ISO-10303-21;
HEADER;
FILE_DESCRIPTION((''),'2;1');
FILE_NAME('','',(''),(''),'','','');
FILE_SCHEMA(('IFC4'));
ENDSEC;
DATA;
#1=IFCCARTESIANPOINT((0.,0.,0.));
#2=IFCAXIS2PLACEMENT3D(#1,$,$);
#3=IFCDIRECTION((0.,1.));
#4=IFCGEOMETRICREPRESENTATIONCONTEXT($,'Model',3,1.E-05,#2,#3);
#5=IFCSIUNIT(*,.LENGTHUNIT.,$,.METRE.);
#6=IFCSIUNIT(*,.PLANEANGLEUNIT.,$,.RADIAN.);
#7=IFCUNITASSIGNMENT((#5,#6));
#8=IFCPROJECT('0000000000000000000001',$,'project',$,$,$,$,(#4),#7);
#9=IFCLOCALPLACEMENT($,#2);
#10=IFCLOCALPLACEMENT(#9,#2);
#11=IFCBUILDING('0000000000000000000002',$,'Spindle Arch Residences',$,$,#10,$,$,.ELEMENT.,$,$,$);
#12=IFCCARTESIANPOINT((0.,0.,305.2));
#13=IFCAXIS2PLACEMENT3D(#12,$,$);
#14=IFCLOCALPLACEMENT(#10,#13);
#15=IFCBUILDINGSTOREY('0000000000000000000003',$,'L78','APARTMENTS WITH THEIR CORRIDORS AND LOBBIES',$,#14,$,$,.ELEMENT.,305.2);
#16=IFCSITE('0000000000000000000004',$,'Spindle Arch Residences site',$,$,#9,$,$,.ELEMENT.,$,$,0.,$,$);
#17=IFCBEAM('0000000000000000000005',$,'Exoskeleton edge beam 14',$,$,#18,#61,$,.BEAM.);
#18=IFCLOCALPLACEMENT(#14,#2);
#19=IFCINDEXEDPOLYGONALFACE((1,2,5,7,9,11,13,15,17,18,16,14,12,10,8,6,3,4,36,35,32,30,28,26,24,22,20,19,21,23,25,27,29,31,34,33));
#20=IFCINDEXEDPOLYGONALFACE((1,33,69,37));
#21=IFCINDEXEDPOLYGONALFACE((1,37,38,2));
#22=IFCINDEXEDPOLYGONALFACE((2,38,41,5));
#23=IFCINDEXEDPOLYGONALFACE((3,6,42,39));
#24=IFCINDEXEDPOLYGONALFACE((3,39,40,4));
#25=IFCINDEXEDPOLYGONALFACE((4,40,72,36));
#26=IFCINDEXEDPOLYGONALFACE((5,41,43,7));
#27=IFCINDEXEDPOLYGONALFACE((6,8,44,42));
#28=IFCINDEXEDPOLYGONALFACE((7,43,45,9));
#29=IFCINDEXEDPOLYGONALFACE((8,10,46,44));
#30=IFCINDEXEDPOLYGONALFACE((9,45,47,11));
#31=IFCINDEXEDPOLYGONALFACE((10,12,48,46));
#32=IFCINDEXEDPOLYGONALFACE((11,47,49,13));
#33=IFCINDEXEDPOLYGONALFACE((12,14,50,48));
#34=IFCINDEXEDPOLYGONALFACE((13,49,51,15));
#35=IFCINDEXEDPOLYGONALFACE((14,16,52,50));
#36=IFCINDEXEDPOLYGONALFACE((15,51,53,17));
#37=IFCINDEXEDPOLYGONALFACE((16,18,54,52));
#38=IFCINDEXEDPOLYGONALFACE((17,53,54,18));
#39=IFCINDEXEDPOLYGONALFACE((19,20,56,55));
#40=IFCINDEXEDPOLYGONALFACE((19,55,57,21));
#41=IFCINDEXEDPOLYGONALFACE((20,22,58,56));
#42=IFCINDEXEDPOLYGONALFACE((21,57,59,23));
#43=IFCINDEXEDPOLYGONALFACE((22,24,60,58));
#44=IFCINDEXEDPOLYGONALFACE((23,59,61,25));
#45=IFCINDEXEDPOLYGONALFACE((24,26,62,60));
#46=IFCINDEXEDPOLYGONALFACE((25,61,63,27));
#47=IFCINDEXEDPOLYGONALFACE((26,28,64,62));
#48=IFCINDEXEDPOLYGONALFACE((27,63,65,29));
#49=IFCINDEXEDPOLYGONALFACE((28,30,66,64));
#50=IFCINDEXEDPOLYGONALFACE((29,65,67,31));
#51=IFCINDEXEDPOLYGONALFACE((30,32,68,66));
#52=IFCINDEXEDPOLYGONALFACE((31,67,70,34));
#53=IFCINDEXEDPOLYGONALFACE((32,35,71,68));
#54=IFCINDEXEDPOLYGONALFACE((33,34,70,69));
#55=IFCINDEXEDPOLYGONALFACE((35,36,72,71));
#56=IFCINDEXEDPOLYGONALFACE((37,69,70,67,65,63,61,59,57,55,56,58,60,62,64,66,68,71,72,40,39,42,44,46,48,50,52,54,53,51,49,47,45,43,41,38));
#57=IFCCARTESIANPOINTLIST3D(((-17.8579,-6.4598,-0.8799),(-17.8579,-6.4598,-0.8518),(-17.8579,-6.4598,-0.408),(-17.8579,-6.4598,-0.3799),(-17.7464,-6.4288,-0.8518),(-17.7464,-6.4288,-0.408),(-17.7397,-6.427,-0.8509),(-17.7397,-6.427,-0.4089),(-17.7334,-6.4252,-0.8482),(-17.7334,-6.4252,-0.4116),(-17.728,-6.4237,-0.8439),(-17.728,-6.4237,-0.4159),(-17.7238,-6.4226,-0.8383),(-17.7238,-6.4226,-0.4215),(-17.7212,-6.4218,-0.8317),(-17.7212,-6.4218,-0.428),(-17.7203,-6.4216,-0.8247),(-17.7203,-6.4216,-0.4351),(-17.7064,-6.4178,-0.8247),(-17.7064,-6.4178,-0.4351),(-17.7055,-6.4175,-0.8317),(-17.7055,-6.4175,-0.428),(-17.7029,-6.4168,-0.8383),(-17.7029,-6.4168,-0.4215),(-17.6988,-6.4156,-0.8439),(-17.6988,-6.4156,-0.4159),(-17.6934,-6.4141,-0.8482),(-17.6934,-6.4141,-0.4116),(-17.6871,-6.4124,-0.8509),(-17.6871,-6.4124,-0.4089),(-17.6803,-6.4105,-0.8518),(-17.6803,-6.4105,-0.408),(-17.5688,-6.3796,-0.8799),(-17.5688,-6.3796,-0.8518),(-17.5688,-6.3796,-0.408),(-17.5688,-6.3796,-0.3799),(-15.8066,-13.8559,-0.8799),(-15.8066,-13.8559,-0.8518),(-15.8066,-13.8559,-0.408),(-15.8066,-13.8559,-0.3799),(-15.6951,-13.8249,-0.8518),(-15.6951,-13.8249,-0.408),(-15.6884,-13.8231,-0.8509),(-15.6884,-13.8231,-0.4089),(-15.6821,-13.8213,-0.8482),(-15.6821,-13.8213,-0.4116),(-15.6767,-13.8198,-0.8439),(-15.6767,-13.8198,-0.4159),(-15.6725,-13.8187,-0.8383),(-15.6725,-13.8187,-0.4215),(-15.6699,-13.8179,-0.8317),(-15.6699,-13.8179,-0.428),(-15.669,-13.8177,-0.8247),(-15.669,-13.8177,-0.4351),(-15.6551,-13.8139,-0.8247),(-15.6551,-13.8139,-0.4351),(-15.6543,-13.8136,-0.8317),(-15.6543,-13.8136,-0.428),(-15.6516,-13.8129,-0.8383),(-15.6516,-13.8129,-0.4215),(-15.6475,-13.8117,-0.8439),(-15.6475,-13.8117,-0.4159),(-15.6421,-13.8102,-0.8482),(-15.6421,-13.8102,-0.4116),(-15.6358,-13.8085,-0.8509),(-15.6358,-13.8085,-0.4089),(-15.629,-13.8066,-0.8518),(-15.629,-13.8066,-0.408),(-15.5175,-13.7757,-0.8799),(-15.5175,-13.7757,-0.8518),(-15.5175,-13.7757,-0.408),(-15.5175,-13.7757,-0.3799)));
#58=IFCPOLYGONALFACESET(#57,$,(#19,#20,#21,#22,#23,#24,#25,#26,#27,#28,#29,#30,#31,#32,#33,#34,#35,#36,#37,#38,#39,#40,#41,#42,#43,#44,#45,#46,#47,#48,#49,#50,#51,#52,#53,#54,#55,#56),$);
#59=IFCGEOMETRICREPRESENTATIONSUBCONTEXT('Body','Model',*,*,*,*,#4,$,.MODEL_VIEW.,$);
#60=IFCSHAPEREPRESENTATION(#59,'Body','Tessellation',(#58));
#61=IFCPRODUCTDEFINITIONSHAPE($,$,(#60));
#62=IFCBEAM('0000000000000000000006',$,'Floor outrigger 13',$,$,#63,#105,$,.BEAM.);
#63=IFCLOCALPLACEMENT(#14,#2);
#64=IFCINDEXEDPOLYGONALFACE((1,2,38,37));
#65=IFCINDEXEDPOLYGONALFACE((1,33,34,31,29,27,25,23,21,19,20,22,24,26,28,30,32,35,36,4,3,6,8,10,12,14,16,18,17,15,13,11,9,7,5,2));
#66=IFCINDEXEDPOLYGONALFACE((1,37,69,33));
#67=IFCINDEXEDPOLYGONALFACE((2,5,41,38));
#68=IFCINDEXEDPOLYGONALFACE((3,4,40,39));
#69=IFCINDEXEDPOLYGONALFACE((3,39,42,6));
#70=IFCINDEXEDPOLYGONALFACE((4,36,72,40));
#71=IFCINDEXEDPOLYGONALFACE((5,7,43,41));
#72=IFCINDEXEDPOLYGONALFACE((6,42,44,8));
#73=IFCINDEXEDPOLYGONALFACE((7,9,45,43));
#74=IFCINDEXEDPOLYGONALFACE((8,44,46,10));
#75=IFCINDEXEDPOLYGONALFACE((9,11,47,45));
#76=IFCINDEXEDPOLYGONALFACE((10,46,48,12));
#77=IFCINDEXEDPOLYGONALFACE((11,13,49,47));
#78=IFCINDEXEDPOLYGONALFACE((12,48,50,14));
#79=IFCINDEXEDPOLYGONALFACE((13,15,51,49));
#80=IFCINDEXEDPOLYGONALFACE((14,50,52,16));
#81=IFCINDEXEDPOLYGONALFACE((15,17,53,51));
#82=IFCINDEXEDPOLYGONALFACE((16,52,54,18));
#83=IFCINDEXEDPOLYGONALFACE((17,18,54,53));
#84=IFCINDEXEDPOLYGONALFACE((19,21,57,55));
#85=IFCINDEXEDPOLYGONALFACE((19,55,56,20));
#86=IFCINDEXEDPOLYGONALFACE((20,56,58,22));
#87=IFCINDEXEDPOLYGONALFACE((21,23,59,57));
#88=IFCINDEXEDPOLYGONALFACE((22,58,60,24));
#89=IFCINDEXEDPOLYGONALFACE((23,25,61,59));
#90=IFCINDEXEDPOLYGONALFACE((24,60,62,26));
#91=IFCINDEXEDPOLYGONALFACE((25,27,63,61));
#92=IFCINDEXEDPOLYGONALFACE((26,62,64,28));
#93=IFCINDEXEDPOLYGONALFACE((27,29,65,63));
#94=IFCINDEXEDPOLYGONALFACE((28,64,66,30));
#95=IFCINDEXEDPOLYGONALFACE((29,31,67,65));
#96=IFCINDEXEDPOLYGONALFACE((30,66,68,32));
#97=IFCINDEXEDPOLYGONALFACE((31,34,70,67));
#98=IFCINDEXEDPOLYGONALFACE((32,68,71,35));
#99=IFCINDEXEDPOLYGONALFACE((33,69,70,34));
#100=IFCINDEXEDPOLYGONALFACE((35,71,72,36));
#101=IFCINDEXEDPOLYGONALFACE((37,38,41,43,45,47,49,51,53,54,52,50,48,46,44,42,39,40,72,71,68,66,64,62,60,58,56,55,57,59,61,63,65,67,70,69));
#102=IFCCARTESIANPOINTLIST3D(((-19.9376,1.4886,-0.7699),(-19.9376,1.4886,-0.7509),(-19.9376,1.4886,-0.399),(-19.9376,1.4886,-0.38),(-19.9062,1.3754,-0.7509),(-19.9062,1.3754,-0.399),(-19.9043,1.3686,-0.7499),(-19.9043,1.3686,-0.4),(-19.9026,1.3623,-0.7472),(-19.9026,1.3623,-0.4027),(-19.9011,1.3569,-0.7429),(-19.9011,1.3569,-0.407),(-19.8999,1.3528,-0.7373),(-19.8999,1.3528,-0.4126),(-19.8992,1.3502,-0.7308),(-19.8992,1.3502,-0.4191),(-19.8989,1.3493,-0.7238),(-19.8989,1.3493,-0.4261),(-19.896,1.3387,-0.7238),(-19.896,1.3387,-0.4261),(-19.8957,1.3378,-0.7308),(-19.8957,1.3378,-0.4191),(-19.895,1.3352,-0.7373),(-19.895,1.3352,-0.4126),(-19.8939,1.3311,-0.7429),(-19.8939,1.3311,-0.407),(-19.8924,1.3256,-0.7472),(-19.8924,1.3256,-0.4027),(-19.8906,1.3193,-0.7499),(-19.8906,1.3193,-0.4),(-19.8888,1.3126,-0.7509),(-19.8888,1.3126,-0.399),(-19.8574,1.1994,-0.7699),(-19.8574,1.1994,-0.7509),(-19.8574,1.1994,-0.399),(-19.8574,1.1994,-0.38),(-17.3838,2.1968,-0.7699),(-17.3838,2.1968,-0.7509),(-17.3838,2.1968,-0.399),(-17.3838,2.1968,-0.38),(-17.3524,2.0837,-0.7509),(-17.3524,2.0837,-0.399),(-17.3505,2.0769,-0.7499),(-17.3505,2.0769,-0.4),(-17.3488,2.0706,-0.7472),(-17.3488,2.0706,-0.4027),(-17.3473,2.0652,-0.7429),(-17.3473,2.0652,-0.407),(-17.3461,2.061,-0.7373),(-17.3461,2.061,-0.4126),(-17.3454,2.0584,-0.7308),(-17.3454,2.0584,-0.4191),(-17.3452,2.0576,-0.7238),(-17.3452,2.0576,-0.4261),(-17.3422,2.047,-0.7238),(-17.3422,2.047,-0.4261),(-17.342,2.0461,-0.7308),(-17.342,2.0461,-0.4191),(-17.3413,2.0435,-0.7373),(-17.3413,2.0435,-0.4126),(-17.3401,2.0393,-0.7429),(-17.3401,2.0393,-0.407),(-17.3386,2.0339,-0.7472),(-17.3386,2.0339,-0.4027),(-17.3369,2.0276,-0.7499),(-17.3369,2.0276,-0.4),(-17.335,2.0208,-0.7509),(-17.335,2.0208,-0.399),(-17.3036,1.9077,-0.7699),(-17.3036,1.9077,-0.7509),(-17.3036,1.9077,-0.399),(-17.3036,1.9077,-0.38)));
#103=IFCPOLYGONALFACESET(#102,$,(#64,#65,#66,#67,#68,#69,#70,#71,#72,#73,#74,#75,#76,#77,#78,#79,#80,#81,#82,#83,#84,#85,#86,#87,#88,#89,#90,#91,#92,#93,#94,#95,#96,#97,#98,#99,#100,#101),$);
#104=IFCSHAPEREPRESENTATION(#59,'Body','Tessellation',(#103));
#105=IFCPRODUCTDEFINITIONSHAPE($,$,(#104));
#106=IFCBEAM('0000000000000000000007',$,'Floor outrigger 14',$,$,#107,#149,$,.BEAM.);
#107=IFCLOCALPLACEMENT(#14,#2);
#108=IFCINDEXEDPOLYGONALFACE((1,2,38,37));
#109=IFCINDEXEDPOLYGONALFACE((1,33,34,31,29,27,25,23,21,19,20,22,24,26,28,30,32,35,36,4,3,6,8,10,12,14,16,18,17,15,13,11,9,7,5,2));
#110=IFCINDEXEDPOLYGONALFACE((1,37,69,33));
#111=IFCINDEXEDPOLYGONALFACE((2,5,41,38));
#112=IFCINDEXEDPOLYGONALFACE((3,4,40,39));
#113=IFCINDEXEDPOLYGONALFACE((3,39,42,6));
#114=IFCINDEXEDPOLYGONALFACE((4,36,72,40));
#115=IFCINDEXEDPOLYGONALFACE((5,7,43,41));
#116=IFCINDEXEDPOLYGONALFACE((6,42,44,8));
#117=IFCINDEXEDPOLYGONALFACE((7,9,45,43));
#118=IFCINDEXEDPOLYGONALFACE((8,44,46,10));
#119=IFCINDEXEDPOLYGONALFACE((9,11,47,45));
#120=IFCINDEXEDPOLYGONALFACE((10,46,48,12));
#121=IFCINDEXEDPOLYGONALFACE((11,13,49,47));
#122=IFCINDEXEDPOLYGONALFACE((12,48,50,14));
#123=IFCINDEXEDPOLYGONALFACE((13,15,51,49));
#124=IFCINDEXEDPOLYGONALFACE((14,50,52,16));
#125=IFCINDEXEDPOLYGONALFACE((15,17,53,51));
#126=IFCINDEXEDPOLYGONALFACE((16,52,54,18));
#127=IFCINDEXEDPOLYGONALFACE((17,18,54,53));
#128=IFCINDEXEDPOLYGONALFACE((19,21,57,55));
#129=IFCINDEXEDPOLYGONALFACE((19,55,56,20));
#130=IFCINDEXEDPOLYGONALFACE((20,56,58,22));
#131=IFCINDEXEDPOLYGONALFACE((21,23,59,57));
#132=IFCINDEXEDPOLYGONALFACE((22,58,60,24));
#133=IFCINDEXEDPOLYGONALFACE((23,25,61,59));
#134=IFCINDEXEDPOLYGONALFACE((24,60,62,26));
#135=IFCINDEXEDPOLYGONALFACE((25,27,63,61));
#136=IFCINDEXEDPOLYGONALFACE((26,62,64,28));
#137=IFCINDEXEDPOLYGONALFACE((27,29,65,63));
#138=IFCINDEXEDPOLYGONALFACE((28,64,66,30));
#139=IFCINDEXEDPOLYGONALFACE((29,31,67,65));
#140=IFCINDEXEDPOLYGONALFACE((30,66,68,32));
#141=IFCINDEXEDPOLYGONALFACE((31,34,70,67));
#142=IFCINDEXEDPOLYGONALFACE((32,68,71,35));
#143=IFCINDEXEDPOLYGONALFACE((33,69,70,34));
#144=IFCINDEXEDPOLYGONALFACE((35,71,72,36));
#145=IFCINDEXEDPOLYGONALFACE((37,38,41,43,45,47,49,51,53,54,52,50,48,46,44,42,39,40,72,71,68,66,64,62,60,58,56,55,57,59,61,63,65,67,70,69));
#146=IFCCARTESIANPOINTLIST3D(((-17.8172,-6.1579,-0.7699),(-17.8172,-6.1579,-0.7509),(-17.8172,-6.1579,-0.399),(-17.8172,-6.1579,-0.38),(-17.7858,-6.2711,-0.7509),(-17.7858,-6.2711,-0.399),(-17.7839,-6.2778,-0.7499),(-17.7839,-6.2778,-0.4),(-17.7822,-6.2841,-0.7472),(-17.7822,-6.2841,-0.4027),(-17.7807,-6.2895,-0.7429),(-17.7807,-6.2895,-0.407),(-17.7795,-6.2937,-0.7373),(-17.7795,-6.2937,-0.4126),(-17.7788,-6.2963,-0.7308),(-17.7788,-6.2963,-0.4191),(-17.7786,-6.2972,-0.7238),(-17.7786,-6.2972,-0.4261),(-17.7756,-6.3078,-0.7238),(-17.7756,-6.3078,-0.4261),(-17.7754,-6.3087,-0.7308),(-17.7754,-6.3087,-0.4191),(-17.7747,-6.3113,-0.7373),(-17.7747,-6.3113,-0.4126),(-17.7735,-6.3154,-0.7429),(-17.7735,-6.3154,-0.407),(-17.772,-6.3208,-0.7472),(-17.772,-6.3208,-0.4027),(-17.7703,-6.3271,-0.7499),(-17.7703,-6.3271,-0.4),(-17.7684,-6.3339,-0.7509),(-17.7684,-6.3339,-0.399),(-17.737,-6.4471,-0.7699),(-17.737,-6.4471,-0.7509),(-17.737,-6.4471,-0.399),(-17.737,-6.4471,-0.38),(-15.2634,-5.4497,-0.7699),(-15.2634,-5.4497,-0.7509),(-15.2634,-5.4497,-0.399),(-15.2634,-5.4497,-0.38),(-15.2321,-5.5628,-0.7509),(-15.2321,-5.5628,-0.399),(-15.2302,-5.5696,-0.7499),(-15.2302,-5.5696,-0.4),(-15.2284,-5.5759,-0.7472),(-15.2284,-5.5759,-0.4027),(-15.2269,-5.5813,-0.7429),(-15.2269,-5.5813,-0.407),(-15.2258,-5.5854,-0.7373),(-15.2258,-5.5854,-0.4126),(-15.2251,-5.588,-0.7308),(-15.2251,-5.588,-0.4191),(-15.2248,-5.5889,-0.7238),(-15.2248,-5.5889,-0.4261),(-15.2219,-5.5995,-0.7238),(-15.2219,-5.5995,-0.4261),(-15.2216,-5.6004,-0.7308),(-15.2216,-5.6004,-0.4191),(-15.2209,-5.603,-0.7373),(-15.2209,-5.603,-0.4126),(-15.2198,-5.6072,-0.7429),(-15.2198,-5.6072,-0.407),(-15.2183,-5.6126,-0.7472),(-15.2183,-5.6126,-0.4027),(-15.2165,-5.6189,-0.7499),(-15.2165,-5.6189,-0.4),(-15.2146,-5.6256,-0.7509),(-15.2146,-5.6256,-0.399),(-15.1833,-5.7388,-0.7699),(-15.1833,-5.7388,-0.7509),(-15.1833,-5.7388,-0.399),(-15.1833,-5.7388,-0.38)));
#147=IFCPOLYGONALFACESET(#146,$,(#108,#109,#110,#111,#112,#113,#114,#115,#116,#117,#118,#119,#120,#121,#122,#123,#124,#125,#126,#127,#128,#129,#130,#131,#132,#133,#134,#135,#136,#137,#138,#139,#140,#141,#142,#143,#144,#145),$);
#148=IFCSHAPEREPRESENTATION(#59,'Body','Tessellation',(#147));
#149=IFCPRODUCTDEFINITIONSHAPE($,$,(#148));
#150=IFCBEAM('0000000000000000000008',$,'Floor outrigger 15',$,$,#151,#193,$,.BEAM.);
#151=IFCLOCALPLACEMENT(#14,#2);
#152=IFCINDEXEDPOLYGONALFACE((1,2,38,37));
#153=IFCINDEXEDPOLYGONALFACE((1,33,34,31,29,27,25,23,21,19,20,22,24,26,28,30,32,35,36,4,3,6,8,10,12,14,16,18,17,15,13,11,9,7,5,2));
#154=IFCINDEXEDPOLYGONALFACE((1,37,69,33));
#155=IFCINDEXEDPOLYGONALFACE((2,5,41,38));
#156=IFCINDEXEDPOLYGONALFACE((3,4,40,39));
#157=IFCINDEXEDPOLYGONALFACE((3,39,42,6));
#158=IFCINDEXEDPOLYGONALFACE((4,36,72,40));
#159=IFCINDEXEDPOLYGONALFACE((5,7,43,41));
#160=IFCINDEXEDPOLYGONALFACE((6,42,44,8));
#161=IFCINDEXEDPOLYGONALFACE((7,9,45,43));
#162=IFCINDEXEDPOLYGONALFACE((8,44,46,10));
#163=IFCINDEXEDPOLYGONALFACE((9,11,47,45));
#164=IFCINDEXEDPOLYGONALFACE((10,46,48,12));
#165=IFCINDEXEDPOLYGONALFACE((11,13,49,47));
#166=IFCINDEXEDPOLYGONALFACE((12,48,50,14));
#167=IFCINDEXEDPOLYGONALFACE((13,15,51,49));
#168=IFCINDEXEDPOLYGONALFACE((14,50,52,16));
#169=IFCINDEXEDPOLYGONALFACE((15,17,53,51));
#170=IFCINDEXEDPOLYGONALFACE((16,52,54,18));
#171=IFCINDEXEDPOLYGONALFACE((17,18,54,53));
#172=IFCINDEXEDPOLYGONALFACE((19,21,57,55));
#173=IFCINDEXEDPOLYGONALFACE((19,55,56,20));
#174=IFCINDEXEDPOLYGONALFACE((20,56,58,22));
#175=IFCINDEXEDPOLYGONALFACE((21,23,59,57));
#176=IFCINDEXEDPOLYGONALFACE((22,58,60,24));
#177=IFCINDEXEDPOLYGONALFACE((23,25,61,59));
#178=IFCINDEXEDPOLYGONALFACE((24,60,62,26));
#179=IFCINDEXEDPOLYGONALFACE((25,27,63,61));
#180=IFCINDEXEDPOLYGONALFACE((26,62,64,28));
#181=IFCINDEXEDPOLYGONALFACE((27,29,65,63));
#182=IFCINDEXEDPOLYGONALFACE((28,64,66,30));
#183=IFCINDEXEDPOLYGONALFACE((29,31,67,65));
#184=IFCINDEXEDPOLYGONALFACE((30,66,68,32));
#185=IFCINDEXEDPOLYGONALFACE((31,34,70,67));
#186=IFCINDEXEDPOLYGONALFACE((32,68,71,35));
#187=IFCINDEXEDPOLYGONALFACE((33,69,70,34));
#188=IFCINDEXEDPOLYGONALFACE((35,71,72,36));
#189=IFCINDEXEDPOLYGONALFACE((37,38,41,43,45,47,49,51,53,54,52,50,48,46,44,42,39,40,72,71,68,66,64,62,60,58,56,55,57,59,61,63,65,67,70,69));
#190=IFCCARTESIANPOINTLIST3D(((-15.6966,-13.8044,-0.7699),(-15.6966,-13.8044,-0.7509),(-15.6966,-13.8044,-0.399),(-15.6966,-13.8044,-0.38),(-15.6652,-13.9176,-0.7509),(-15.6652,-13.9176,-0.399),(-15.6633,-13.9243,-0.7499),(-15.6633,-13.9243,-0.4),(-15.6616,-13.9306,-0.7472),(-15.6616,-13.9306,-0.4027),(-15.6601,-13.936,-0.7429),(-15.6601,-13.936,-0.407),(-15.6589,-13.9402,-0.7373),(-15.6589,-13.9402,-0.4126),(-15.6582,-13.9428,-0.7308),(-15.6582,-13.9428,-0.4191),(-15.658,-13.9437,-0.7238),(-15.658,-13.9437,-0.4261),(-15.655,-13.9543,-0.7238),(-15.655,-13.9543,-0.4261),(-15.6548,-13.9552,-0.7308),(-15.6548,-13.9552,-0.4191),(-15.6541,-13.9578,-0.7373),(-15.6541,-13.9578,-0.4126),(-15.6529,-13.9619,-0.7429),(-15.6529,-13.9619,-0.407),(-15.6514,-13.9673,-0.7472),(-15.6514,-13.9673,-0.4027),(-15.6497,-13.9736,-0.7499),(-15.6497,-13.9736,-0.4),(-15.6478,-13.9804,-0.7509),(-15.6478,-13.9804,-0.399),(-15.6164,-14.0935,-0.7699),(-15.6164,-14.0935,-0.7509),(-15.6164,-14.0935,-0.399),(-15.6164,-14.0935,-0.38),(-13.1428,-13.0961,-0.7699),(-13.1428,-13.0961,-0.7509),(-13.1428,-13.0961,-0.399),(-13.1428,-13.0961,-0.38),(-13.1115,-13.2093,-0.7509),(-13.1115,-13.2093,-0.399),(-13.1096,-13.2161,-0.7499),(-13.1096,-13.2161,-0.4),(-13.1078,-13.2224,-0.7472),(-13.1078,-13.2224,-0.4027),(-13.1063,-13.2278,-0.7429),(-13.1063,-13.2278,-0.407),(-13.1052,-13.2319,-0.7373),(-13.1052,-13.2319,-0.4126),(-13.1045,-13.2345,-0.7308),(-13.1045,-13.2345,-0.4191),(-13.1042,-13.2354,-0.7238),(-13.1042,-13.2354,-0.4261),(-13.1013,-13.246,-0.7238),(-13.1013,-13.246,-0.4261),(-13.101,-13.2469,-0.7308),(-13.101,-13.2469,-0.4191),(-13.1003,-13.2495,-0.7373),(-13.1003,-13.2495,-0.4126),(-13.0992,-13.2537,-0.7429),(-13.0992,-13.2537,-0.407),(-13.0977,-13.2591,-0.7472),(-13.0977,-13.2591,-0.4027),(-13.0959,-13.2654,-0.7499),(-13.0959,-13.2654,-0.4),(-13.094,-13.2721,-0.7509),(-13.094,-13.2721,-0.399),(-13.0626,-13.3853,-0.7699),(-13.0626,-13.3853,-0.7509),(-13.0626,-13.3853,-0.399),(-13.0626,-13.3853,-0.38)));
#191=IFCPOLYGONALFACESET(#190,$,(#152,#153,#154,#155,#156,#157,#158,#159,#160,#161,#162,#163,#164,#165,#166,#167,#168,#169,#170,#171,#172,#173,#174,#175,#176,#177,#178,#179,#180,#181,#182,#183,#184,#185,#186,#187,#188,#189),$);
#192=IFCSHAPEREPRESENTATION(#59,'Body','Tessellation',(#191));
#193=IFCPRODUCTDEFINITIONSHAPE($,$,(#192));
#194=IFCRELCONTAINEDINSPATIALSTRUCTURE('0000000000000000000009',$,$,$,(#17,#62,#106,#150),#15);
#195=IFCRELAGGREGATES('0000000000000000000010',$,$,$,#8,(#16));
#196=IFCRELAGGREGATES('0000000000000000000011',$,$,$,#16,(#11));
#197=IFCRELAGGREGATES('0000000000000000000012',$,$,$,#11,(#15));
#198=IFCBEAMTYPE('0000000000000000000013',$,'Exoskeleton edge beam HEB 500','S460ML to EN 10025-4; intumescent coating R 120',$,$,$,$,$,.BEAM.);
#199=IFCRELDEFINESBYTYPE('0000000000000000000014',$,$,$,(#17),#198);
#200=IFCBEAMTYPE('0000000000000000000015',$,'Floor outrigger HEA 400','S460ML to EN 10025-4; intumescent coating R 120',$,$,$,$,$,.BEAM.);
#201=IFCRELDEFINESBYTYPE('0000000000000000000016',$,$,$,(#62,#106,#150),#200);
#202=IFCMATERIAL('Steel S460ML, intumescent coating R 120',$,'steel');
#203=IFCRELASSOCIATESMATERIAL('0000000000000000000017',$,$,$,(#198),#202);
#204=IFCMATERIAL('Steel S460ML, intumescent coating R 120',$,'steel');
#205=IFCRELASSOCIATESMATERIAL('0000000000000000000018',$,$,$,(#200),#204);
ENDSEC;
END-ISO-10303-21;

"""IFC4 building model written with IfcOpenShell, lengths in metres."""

from ifc_helpers import new_model, si_unit, direction, frame, origin, origin_2d, place, context, subcontext, project, spatial, i_section, extrude, material, material_profile, profile_set, type_object, element, save


model = new_model("IFC4")

# Units and contexts
model_context = context("Model", 3, precision=1e-05, world=origin(), true_north=direction((0.0, 1.0)))
body_context = subcontext(model_context, "Body", "Model", "MODEL_VIEW")
ifc_project = project(units=[si_unit("LENGTHUNIT", "METRE"), si_unit("PLANEANGLEUNIT", "RADIAN")], contexts=[model_context])

# Site, building, storey
site_placement = place(None, origin())
site = spatial("IfcSite", under=ifc_project, at=site_placement, Name="Spindle Arch Residences site", CompositionType="ELEMENT", RefElevation=0.0)
building_placement = place(site_placement, origin())
building = spatial("IfcBuilding", under=site, at=building_placement, Name="Spindle Arch Residences", CompositionType="ELEMENT")
storey_placement = place(building_placement, frame((0.0, 0.0, 305.2)))
storey = spatial("IfcBuildingStorey", under=building, at=storey_placement, Name="L78", Description="APARTMENTS WITH THEIR CORRIDORS AND LOBBIES", CompositionType="ELEMENT", Elevation=305.2)

# Beams
ifc_material_1 = material(Name="Steel S460ML, intumescent coating R 120", Category="steel")
ifc_material_profile_1 = material_profile(ifc_material_1, i_section(OverallWidth=0.3, OverallDepth=0.5, WebThickness=0.0144, FlangeThickness=0.0281, FilletRadius=0.0271, at=origin_2d()), Name="HEB 500")
ifc_profile_set_1 = profile_set([ifc_material_profile_1], Name="Steel S460ML, intumescent coating R 120")
beam_type_1 = type_object("IfcBeamType", Name="Exoskeleton edge beam HEB 500", Description="S460ML to EN 10025-4; intumescent coating R 120", PredefinedType="BEAM", material=ifc_profile_set_1)
beam_1_placement = place(storey_placement, frame((-17.7134, -6.4197, -0.6299), z_axis=(0.26726, -0.963624, 0.0), x_axis=(0.963624, 0.26726, 0.0)))
element("IfcBeam", 1, at=beam_1_placement, inside=storey, type_object=beam_type_1, Name="Exoskeleton edge beam 14", PredefinedType="BEAM", context=body_context, shape_type="SweptSolid", body=[
    extrude(i_section(OverallWidth=0.3, OverallDepth=0.5, WebThickness=0.0144, FlangeThickness=0.0281, FilletRadius=0.0271, at=origin_2d()), origin(), (0.0, 0.0, 1.0), 7.6753),
])
ifc_material_2 = material(Name="Steel S460ML, intumescent coating R 120", Category="steel")
ifc_material_profile_2 = material_profile(ifc_material_2, i_section(OverallWidth=0.3, OverallDepth=0.3899, WebThickness=0.011, FlangeThickness=0.019, FilletRadius=0.0271, at=origin_2d()), Name="HEA 400")
ifc_profile_set_2 = profile_set([ifc_material_profile_2], Name="Steel S460ML, intumescent coating R 120")
beam_type_2 = type_object("IfcBeamType", Name="Floor outrigger HEA 400", Description="S460ML to EN 10025-4; intumescent coating R 120", PredefinedType="BEAM", material=ifc_profile_set_2)
for number, where, z_axis, x_axis, name in (
    (2, (-19.8975, 1.344, -0.575), (0.963626, 0.267254, 0.0), (-0.267254, 0.963626, 0.0), "Floor outrigger 13"),
    (3, (-17.7771, -6.3025, -0.575), (0.963626, 0.267254, 0.0), (-0.267254, 0.963626, 0.0), "Floor outrigger 14"),
    (4, (-15.6565, -13.949, -0.575), (0.963626, 0.267254, 0.0), (-0.267254, 0.963626, 0.0), "Floor outrigger 15"),
):
    element("IfcBeam", number, at=place(storey_placement, frame(where, z_axis=z_axis, x_axis=x_axis)), inside=storey, type_object=beam_type_2, Name=name, PredefinedType="BEAM", context=body_context, shape_type="SweptSolid", body=[
        extrude(i_section(OverallWidth=0.3, OverallDepth=0.3899, WebThickness=0.011, FlangeThickness=0.019, FilletRadius=0.0271, at=origin_2d()), origin(), (0.0, 0.0, 1.0), 2.6501),
    ])

save(model, "model.ifc")
